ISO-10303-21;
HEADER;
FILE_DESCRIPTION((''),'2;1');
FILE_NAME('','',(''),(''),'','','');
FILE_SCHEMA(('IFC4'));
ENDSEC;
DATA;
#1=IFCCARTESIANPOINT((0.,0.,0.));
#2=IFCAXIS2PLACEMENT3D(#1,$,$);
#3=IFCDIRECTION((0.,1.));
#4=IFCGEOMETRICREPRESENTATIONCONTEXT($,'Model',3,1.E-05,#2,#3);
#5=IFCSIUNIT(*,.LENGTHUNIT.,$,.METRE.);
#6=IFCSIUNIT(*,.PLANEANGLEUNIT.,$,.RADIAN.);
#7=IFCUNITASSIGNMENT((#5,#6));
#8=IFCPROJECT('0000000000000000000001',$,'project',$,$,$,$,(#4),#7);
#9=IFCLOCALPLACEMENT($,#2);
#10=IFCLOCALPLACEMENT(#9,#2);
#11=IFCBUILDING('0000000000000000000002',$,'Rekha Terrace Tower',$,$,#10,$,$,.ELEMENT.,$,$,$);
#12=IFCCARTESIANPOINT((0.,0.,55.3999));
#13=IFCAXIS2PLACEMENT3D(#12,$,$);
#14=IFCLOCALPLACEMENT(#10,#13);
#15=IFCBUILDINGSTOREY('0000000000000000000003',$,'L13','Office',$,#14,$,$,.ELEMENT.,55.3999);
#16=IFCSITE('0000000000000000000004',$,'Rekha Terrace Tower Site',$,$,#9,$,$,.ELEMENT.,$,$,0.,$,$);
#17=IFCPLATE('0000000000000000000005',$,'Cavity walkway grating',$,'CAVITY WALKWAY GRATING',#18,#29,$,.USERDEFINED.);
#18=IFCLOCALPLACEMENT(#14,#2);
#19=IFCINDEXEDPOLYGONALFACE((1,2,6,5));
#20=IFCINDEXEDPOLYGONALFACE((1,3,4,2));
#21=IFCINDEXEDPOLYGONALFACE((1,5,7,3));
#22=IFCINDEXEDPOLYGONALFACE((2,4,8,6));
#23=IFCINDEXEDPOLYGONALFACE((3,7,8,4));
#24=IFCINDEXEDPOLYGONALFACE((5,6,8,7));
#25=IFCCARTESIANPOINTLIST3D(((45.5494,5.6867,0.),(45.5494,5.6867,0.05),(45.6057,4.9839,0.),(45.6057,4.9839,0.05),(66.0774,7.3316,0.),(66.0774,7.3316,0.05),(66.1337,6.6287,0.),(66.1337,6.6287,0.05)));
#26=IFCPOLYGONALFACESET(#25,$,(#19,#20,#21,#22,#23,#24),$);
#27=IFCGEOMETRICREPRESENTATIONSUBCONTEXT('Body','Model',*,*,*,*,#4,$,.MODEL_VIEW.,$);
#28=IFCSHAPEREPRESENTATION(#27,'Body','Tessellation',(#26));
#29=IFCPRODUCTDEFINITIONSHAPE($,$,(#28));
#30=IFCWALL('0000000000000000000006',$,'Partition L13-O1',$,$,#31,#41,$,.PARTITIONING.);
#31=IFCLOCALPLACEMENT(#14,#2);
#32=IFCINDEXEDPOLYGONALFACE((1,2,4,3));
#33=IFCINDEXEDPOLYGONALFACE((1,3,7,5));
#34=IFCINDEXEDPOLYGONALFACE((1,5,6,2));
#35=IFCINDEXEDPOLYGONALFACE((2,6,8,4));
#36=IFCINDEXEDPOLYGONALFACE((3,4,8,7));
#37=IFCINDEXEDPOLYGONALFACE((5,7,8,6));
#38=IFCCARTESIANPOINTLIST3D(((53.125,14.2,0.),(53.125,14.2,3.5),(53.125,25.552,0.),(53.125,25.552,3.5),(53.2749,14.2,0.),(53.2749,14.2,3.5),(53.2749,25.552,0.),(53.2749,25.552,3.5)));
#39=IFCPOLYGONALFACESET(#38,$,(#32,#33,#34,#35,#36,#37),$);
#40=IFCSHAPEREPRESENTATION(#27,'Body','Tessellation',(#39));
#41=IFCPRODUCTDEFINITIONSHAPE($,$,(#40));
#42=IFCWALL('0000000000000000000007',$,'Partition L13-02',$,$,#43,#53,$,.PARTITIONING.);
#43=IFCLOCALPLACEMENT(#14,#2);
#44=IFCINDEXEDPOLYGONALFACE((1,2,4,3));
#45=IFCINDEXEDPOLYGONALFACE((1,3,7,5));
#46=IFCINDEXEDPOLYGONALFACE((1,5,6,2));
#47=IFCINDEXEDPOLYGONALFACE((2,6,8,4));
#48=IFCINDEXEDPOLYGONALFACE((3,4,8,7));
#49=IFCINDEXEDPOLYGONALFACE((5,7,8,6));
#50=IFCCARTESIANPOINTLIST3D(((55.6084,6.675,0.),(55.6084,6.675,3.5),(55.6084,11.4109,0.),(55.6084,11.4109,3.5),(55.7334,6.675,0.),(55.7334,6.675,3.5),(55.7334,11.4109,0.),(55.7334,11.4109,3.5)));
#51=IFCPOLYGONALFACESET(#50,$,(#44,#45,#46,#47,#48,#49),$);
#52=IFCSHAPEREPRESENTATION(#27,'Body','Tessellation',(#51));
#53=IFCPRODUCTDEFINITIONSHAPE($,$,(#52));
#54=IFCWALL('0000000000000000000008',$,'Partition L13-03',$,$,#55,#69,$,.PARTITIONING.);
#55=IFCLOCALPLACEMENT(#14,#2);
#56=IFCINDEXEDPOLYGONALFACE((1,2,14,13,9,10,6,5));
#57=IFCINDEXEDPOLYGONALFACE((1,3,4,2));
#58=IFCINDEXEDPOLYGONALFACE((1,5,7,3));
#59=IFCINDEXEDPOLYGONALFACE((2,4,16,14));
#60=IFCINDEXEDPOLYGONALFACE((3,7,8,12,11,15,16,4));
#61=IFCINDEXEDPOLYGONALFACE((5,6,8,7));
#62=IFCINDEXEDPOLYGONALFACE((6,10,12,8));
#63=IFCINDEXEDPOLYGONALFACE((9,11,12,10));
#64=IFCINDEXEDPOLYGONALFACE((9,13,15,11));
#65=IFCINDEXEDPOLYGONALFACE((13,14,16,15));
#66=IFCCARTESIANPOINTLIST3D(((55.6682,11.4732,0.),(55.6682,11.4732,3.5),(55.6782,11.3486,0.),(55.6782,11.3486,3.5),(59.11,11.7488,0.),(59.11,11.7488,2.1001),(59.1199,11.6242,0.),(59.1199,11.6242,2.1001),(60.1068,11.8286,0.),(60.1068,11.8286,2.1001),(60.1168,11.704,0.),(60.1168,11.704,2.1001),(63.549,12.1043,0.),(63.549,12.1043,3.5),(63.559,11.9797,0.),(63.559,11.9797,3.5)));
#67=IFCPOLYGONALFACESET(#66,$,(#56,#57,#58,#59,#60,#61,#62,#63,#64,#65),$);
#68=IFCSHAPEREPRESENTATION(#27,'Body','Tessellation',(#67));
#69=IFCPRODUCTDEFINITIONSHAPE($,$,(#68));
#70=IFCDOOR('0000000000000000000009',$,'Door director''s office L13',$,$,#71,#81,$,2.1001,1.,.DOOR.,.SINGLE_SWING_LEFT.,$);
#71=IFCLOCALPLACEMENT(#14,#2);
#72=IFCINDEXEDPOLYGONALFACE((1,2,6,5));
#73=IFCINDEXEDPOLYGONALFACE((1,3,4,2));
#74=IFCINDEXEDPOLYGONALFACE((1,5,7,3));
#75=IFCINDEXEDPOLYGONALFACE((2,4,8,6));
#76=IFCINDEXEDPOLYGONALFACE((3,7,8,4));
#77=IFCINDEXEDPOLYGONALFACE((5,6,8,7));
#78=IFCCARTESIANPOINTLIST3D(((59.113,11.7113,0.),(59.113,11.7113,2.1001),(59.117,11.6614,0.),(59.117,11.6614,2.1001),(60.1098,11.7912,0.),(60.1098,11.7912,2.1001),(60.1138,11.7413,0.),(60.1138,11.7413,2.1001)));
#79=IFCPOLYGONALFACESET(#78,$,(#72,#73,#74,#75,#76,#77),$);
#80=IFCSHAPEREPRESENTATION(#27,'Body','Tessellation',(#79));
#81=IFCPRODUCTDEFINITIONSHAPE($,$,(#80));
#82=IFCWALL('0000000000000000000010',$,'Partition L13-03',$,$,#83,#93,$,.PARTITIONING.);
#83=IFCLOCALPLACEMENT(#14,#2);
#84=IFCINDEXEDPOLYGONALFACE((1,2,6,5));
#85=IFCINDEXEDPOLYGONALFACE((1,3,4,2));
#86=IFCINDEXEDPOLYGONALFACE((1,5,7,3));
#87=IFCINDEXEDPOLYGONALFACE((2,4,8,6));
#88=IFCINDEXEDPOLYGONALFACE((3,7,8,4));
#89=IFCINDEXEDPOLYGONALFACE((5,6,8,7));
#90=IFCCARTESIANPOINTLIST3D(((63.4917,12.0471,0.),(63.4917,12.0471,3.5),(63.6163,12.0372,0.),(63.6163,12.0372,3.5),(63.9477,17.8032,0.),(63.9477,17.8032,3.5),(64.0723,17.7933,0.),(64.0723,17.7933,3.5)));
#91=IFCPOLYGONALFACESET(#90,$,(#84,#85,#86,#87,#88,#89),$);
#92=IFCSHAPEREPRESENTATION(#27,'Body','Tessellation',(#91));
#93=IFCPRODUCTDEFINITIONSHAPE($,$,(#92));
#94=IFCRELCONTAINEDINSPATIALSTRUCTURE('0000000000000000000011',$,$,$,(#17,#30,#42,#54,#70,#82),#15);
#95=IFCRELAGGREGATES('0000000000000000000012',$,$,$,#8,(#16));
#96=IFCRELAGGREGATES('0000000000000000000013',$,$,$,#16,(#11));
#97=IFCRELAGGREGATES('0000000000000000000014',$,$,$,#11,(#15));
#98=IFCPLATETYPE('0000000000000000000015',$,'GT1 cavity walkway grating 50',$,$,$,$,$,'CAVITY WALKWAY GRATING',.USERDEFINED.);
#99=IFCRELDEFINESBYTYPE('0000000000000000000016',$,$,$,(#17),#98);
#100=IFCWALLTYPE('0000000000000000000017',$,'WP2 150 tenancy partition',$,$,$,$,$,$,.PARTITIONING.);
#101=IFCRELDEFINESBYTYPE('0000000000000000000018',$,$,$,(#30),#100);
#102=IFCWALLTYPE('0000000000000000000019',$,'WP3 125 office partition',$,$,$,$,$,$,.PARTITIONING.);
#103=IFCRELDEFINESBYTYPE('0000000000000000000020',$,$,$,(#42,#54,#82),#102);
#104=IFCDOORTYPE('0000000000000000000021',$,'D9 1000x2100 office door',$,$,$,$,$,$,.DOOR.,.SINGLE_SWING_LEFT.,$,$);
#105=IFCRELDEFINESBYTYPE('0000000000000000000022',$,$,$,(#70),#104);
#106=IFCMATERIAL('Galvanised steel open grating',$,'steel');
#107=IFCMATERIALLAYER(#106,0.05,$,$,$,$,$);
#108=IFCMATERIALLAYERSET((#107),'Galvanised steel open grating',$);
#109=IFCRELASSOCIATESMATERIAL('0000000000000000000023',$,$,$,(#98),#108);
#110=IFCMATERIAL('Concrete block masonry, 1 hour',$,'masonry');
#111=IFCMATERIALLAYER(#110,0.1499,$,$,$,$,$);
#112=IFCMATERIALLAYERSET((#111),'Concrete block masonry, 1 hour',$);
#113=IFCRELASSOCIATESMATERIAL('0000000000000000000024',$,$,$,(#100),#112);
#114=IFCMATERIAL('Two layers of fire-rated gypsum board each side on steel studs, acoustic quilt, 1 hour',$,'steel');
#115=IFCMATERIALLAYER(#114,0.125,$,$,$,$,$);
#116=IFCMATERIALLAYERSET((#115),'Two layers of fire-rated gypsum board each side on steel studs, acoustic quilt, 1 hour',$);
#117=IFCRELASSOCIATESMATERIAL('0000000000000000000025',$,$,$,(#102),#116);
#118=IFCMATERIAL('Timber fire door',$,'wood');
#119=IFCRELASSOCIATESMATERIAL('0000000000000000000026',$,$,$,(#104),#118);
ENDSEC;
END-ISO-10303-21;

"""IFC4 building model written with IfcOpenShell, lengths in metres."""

from ifc_helpers import new_model, si_unit, direction, frame, frame_2d, origin, origin_2d, place, context, subcontext, project, spatial, rectangle, extrude, material, layer, layer_set, type_object, element, fill, save


model = new_model("IFC4")

# Units and contexts
model_context = context("Model", 3, precision=1e-05, world=origin(), true_north=direction((0.0, 1.0)))
body_context = subcontext(model_context, "Body", "Model", "MODEL_VIEW")
ifc_project = project(units=[si_unit("LENGTHUNIT", "METRE"), si_unit("PLANEANGLEUNIT", "RADIAN")], contexts=[model_context])

# Site, building, storey
site_placement = place(None, origin())
site = spatial("IfcSite", under=ifc_project, at=site_placement, Name="Rekha Terrace Tower Site", CompositionType="ELEMENT", RefElevation=0.0)
building_placement = place(site_placement, origin())
building = spatial("IfcBuilding", under=site, at=building_placement, Name="Rekha Terrace Tower", CompositionType="ELEMENT")
storey_placement = place(building_placement, frame((0.0, 0.0, 55.3999)))
storey = spatial("IfcBuildingStorey", under=building, at=storey_placement, Name="L13", Description="Office", CompositionType="ELEMENT", Elevation=55.3999)

# Plate
ifc_material_1 = material(Name="Galvanised steel open grating", Category="steel")
ifc_layer_1 = layer(ifc_material_1, 0.05)
ifc_layer_set_1 = layer_set([ifc_layer_1], Name="Galvanised steel open grating")
plate_type_1 = type_object("IfcPlateType", Name="GT1 cavity walkway grating 50", ElementType="CAVITY WALKWAY GRATING", PredefinedType="USERDEFINED", material=ifc_layer_set_1)
plate_1_placement = place(storey_placement, frame((55.8416, 6.1577, 0.0), z_axis=(0.0, 0.0, 1.0), x_axis=(0.996805, 0.079872, 0.0)))
element("IfcPlate", 1, at=plate_1_placement, inside=storey, type_object=plate_type_1, Name="Cavity walkway grating", ObjectType="CAVITY WALKWAY GRATING", PredefinedType="USERDEFINED", context=body_context, shape_type="SweptSolid", body=[
    extrude(rectangle(XDim=20.5938, YDim=0.7051, at=origin_2d()), origin(), (0.0, 0.0, 1.0), 0.05),
])

# Walls
ifc_material_2 = material(Name="Concrete block masonry, 1 hour", Category="masonry")
ifc_layer_2 = layer(ifc_material_2, 0.1499)
ifc_layer_set_2 = layer_set([ifc_layer_2], Name="Concrete block masonry, 1 hour")
wall_type_1 = type_object("IfcWallType", Name="WP2 150 tenancy partition", PredefinedType="PARTITIONING", material=ifc_layer_set_2)
wall_1_placement = place(storey_placement, frame((53.2, 14.2, 0.0), z_axis=(0.0, 0.0, 1.0), x_axis=(0.0, 1.0, 0.0)))
element("IfcWall", 2, at=wall_1_placement, inside=storey, type_object=wall_type_1, Name="Partition L13-O1", PredefinedType="PARTITIONING", context=body_context, shape_type="SweptSolid", body=[
    extrude(rectangle(XDim=11.3521, YDim=0.1499, at=frame_2d((5.676, 0.0))), origin(), (0.0, 0.0, 1.0), 3.5),
])
ifc_material_3 = material(Name="Two layers of fire-rated gypsum board each side on steel studs, acoustic quilt, 1 hour", Category="steel")
ifc_layer_3 = layer(ifc_material_3, 0.125)
ifc_layer_set_3 = layer_set([ifc_layer_3], Name="Two layers of fire-rated gypsum board each side on steel studs, acoustic quilt, 1 hour")
wall_type_2 = type_object("IfcWallType", Name="WP3 125 office partition", PredefinedType="PARTITIONING", material=ifc_layer_set_3)
wall_2_placement = place(storey_placement, frame((55.6709, 11.4109, 0.0), z_axis=(0.0, 0.0, 1.0), x_axis=(0.0, -1.0, 0.0)))
element("IfcWall", 3, at=wall_2_placement, inside=storey, type_object=wall_type_2, Name="Partition L13-02", PredefinedType="PARTITIONING", context=body_context, shape_type="SweptSolid", body=[
    extrude(rectangle(XDim=4.7358, YDim=0.125, at=frame_2d((2.3679, 0.0))), origin(), (0.0, 0.0, 1.0), 3.5),
])

# Wall, opening, door
wall_3_placement = place(storey_placement, frame((55.6731, 11.4109, 0.0), z_axis=(0.0, 0.0, 1.0), x_axis=(0.996809, 0.079825, 0.0)))
wall_3 = element("IfcWall", 4, at=wall_3_placement, inside=storey, type_object=wall_type_2, Name="Partition L13-03", PredefinedType="PARTITIONING", context=body_context, shape_type="SweptSolid", body=[
    extrude(rectangle(XDim=7.906, YDim=0.125, at=frame_2d((3.9531, 0.0))), origin(), (0.0, 0.0, 1.0), 3.5),
])
opening_placement = place(wall_3_placement, frame((3.4529, 0.0, 0.0)))
opening = element("IfcOpeningElement", 5, at=opening_placement, cuts=wall_3, PredefinedType="OPENING", context=body_context, shape_type="SweptSolid", body=[
    extrude(rectangle(XDim=1.0, YDim=2.1001, at=frame_2d((0.5, 1.05))), frame((0.0, 0.0725, 0.0), z_axis=(0.0, -1.0, 0.0), x_axis=(1.0, 0.0, 0.0)), (0.0, 0.0, 1.0), 0.145),
])
ifc_material_4 = material(Name="Timber fire door", Category="wood")
door_type = type_object("IfcDoorType", Name="D9 1000x2100 office door", OperationType="SINGLE_SWING_LEFT", PredefinedType="DOOR", material=ifc_material_4)
door_placement = place(opening_placement, origin())
door = element("IfcDoor", 6, at=door_placement, inside=storey, type_object=door_type, Name="Door director's office L13", OperationType="SINGLE_SWING_LEFT", OverallHeight=2.1001, OverallWidth=1.0, PredefinedType="DOOR", context=body_context, shape_type="SweptSolid", body=[
    extrude(rectangle(XDim=1.0, YDim=2.1001, at=frame_2d((0.5, 1.05))), frame((0.0, 0.0249, 0.0), z_axis=(0.0, -1.0, 0.0), x_axis=(1.0, 0.0, 0.0)), (0.0, 0.0, 1.0), 0.05),
])
fill(opening, door)

# Wall
wall_4_placement = place(storey_placement, frame((63.554, 12.042, 0.0), z_axis=(0.0, 0.0, 1.0), x_axis=(0.078982, 0.996876, 0.0)))
element("IfcWall", 7, at=wall_4_placement, inside=storey, type_object=wall_type_2, Name="Partition L13-03", PredefinedType="PARTITIONING", context=body_context, shape_type="SweptSolid", body=[
    extrude(rectangle(XDim=5.7742, YDim=0.125, at=frame_2d((2.8872, 0.0))), origin(), (0.0, 0.0, 1.0), 3.5),
])

save(model, "model.ifc")
